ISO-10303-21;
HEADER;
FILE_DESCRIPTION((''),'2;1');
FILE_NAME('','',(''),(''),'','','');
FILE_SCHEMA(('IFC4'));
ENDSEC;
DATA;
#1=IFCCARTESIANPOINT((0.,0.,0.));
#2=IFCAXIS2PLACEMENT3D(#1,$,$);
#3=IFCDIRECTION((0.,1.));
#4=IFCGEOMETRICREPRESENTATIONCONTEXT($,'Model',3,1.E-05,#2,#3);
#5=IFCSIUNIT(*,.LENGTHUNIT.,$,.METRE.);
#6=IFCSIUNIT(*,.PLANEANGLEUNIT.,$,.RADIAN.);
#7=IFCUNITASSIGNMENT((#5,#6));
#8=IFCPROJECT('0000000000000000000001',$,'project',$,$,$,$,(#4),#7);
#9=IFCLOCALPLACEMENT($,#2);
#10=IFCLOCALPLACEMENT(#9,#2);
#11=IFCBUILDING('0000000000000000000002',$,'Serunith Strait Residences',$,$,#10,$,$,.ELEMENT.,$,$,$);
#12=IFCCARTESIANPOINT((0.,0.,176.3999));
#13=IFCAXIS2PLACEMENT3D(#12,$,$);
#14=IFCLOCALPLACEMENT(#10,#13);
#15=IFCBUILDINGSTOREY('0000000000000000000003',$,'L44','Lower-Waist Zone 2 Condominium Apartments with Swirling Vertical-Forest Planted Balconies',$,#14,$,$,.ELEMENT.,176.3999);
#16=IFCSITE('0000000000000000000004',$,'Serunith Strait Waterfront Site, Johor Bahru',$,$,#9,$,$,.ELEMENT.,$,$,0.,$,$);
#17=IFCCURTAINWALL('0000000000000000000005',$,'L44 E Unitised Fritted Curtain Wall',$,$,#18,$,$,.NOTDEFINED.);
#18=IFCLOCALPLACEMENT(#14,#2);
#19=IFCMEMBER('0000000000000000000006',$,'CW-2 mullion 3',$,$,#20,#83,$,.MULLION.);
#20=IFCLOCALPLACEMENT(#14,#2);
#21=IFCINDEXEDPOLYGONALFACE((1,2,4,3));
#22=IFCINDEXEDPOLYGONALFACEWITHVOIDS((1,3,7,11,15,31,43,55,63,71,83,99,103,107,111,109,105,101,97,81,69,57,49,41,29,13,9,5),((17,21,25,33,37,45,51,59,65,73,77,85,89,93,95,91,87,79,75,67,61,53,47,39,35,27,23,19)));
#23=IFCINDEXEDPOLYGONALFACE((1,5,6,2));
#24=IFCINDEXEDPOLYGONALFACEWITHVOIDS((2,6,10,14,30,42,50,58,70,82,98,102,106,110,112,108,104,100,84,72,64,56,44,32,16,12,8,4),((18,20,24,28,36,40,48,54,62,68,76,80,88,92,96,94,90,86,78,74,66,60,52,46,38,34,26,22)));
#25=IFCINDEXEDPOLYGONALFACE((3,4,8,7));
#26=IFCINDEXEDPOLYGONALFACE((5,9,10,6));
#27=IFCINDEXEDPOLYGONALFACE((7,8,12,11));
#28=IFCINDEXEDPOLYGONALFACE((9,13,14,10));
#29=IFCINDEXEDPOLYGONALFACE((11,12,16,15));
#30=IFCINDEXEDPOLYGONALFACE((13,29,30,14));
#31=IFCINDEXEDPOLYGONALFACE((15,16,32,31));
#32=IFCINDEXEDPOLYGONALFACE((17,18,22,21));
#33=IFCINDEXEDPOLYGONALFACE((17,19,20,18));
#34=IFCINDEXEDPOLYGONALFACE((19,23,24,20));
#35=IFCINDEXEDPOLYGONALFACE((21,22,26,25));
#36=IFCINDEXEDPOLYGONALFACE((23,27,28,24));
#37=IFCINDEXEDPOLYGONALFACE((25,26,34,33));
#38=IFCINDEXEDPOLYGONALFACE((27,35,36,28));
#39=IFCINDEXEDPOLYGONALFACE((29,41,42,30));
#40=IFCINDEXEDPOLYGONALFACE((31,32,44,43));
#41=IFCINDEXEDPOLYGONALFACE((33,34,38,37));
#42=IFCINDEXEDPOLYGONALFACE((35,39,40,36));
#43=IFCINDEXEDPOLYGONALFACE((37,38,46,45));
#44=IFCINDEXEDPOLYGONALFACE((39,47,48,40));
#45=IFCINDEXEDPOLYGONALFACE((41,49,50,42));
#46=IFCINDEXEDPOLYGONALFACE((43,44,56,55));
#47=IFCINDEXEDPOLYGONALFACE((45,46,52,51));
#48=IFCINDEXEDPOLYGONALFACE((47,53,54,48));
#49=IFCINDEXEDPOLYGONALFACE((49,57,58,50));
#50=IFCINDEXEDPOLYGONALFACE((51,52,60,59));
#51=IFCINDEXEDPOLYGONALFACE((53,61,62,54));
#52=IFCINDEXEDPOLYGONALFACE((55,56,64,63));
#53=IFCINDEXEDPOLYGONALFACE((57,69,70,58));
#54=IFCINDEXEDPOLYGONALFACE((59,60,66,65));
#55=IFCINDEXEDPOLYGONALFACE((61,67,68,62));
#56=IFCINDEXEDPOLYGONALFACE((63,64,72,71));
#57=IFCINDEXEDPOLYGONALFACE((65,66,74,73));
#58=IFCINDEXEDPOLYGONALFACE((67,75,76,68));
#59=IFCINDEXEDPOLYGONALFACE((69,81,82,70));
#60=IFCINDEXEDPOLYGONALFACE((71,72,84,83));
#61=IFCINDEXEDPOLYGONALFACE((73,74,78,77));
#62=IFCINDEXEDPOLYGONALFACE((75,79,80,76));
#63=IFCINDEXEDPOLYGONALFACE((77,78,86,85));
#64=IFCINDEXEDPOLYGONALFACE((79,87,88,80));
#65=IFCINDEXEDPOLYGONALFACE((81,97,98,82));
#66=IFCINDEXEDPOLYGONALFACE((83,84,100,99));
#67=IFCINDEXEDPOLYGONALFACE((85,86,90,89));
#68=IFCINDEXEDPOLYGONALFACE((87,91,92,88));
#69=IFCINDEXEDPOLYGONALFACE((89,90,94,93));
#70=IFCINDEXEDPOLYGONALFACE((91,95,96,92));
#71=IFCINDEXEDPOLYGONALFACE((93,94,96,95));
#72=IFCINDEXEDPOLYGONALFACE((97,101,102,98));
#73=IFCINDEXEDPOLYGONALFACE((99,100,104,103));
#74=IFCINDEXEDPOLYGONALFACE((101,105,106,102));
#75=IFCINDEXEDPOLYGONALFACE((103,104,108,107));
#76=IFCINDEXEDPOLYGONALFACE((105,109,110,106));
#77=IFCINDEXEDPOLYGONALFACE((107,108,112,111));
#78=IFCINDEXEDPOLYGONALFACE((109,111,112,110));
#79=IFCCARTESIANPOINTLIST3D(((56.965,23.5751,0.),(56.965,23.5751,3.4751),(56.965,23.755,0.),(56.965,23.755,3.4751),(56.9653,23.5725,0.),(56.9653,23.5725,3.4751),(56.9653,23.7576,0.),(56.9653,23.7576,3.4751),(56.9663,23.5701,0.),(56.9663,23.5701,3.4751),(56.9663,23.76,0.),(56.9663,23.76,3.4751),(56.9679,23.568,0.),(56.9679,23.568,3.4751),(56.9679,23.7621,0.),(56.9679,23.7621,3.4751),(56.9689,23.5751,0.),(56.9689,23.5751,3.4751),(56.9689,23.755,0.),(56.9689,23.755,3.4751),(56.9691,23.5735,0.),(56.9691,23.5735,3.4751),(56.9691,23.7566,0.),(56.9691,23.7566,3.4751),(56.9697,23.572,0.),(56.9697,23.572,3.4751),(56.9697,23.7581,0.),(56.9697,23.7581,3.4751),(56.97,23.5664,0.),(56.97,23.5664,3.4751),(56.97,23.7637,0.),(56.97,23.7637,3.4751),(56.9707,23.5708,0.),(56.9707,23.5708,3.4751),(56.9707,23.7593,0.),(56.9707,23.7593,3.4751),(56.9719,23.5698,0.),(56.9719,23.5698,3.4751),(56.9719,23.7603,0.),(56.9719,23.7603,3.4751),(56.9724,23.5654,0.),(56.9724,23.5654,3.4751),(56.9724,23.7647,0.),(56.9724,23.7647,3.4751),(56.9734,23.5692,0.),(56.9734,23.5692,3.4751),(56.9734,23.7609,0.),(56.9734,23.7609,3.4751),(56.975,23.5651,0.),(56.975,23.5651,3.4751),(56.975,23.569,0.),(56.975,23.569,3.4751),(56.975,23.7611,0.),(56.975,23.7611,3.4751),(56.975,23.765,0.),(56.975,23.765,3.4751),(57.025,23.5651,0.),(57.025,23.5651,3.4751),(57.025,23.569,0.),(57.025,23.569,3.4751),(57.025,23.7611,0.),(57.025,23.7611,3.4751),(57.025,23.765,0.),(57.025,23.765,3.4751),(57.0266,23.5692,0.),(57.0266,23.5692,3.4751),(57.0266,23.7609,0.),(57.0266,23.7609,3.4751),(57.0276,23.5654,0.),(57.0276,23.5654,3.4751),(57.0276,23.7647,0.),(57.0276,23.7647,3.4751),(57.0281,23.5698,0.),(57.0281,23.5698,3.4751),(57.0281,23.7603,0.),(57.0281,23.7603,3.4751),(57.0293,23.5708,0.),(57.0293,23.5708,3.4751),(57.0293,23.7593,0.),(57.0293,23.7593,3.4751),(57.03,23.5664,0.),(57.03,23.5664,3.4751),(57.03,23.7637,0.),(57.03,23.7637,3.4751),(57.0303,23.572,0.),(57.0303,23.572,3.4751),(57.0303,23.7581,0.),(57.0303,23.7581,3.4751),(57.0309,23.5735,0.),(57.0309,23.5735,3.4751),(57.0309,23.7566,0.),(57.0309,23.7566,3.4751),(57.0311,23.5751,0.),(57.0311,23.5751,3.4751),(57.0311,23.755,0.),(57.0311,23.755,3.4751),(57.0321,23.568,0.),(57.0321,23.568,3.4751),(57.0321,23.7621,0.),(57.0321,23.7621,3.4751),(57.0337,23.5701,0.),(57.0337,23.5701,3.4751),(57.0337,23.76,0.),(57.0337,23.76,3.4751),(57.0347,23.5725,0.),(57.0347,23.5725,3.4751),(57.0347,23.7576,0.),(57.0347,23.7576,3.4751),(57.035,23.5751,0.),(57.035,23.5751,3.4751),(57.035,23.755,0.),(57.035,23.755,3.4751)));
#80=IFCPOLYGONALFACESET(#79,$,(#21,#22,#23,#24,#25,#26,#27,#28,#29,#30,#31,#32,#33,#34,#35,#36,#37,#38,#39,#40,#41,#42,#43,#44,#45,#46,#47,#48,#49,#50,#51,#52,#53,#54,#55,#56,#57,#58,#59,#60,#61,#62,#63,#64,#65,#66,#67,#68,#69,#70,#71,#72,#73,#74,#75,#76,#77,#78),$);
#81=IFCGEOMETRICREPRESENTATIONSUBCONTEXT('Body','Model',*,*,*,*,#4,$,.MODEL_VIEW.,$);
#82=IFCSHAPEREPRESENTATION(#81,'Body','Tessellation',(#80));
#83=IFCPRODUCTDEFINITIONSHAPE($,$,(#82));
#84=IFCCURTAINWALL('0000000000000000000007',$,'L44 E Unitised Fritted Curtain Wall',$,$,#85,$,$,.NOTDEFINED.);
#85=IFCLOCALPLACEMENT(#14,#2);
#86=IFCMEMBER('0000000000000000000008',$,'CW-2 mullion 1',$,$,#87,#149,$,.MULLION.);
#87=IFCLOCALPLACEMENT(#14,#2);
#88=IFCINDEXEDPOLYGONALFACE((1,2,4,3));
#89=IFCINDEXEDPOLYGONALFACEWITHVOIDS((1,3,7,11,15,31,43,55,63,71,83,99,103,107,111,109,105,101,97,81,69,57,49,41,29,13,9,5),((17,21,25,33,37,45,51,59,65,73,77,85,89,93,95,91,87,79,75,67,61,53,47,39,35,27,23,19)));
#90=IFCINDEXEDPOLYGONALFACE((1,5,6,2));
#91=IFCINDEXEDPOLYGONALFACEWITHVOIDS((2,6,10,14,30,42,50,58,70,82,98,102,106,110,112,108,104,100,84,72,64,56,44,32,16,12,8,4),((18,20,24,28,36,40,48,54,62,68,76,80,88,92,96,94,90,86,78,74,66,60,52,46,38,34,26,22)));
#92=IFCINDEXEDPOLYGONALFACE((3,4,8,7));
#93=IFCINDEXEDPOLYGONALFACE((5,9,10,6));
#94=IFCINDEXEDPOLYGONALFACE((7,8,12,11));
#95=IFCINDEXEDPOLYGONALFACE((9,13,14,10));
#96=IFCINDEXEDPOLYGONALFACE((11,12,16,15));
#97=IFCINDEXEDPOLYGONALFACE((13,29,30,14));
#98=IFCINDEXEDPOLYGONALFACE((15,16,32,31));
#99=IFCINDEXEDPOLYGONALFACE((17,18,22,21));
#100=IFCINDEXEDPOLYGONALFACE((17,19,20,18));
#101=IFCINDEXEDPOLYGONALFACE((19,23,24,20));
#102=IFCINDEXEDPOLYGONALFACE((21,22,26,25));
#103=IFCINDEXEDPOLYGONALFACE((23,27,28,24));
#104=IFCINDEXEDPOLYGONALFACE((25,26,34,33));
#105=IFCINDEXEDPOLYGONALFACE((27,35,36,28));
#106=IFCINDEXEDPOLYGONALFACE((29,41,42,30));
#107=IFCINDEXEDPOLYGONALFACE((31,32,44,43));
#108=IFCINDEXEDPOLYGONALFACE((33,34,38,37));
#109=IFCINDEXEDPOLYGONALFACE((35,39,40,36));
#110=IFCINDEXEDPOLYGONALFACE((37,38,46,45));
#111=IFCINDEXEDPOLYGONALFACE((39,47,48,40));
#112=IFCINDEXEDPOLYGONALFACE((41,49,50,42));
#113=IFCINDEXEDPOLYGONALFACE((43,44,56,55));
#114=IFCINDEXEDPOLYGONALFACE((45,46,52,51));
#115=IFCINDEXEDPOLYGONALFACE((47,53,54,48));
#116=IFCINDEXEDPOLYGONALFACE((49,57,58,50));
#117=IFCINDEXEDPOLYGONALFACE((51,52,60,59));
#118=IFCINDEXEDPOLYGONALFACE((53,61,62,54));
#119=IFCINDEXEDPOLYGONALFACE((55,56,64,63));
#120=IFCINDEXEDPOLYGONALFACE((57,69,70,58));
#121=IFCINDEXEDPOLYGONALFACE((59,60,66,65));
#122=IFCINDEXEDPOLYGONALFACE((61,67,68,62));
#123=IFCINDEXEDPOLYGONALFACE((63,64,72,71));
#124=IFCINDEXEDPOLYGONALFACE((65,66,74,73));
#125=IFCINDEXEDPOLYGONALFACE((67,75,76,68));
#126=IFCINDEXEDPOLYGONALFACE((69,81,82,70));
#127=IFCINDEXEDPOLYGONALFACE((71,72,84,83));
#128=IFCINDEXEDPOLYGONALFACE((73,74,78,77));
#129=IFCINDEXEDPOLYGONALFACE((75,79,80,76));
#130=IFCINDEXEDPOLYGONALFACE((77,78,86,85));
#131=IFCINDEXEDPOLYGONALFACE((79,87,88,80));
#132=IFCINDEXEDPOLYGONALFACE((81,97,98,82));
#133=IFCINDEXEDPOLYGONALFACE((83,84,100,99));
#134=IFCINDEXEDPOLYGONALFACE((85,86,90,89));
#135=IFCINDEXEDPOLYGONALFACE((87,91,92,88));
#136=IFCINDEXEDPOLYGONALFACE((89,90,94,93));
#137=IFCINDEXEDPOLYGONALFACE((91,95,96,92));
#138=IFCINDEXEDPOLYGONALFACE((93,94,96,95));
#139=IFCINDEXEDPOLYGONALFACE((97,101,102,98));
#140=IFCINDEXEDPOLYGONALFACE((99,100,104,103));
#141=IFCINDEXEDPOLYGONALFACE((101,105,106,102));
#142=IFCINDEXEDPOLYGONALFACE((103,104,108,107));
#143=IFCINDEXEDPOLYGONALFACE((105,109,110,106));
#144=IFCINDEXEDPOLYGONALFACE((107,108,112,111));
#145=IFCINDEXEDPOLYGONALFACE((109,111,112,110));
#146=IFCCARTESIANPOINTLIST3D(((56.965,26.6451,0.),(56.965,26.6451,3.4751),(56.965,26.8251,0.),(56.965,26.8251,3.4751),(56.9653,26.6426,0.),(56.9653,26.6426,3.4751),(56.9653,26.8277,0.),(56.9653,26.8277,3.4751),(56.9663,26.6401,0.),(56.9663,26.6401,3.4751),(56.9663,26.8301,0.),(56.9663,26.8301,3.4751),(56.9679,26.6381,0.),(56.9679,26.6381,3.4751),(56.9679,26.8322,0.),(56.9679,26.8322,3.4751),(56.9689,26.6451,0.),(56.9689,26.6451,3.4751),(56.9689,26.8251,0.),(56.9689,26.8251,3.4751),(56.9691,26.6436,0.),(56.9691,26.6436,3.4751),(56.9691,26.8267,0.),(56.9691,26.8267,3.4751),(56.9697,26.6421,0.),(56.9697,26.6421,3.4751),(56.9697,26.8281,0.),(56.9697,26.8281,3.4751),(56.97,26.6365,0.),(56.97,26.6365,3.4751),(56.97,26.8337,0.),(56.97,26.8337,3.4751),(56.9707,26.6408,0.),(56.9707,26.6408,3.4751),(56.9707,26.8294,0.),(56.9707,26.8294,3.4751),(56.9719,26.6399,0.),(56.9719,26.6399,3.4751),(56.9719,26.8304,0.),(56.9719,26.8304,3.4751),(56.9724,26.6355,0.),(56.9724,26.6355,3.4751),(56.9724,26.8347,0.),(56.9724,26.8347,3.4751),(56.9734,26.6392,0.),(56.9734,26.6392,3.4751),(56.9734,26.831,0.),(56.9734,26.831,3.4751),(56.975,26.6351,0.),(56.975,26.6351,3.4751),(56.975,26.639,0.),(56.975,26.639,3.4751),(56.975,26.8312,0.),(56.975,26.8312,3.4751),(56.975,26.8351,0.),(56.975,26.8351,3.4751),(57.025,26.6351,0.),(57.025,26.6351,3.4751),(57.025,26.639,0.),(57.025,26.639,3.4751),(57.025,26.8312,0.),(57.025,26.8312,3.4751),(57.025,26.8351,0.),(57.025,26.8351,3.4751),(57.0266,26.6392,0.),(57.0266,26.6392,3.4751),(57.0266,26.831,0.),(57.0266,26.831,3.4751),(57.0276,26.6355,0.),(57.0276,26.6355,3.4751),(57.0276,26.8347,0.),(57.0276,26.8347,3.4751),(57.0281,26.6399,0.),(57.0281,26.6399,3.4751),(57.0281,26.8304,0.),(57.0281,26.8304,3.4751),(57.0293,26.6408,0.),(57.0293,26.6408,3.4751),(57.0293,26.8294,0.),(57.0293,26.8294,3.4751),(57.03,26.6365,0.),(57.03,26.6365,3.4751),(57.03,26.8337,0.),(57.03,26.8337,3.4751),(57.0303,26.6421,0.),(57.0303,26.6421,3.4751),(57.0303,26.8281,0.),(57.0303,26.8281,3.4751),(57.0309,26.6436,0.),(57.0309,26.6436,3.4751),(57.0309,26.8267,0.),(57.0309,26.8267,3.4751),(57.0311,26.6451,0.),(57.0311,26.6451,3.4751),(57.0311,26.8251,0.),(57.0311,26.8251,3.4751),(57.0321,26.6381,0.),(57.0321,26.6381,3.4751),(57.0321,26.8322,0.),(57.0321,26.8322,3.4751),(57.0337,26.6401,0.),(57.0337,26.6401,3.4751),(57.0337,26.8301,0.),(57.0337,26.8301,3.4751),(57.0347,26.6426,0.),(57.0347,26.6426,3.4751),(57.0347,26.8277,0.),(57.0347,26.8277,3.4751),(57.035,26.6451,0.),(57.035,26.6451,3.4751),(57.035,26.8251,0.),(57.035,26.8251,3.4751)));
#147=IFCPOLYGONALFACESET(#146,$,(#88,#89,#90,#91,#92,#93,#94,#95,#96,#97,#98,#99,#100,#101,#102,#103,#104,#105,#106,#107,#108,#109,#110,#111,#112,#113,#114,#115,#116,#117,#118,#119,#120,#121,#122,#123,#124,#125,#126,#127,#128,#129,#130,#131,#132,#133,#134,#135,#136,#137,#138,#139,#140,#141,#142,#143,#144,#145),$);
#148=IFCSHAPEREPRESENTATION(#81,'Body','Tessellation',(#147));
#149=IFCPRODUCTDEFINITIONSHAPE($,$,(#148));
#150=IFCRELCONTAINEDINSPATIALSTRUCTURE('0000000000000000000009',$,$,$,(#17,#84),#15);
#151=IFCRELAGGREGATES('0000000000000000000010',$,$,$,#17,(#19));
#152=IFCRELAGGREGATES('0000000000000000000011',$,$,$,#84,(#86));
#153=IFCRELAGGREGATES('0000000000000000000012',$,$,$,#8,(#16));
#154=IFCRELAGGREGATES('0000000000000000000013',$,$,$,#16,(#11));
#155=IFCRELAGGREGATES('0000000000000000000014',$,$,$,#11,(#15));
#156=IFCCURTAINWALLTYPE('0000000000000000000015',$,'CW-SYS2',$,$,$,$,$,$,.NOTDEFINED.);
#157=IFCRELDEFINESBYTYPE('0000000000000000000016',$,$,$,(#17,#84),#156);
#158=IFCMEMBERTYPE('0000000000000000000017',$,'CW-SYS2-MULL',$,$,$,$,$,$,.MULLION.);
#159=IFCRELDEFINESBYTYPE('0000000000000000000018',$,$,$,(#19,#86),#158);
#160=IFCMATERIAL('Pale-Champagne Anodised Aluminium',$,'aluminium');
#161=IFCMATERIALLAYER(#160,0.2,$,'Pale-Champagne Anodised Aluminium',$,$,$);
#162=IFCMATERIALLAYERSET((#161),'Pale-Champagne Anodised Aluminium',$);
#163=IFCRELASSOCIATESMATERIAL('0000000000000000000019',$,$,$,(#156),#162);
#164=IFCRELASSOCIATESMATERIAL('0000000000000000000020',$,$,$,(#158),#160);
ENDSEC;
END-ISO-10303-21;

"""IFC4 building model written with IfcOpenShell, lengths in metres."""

from ifc_helpers import new_model, si_unit, direction, frame, origin, origin_2d, place, context, subcontext, project, spatial, hollow_rectangle, extrude, source, transform, mapped, material, layer, layer_set, material_profile, profile_set, type_object, element, aggregate, save


model = new_model("IFC4")

# Units and contexts
model_context = context("Model", 3, precision=1e-05, world=origin(), true_north=direction((0.0, 1.0)))
body_context = subcontext(model_context, "Body", "Model", "MODEL_VIEW")
ifc_project = project(units=[si_unit("LENGTHUNIT", "METRE"), si_unit("PLANEANGLEUNIT", "RADIAN")], contexts=[model_context])

# Site, building, storey
site_placement = place(None, origin())
site = spatial("IfcSite", under=ifc_project, at=site_placement, Name="Serunith Strait Waterfront Site, Johor Bahru", CompositionType="ELEMENT", RefElevation=0.0)
building_placement = place(site_placement, origin())
building = spatial("IfcBuilding", under=site, at=building_placement, Name="Serunith Strait Residences", CompositionType="ELEMENT")
storey_placement = place(building_placement, frame((0.0, 0.0, 176.3999)))
storey = spatial("IfcBuildingStorey", under=building, at=storey_placement, Name="L44", Description="Lower-Waist Zone 2 Condominium Apartments with Swirling Vertical-Forest Planted Balconies", CompositionType="ELEMENT", Elevation=176.3999)

# Curtain wall, member
ifc_material_1 = material(Name="Pale-Champagne Anodised Aluminium", Category="aluminium")
ifc_layer_1 = layer(ifc_material_1, 0.2, Name="Pale-Champagne Anodised Aluminium")
ifc_layer_set_1 = layer_set([ifc_layer_1], Name="Pale-Champagne Anodised Aluminium")
curtain_wall_type = type_object("IfcCurtainWallType", Name="CW-SYS2", PredefinedType="NOTDEFINED", material=ifc_layer_set_1)
curtain_wall_1_placement = place(storey_placement, origin())
curtain_wall_1 = element("IfcCurtainWall", 1, at=curtain_wall_1_placement, inside=storey, type_object=curtain_wall_type, Name="L44 E Unitised Fritted Curtain Wall", PredefinedType="NOTDEFINED")
ifc_material_profile_1 = material_profile(ifc_material_1, hollow_rectangle(XDim=0.0701, YDim=0.2, WallThickness=0.0039, InnerFilletRadius=0.0061, OuterFilletRadius=0.01, at=origin_2d()), Name="ALU 200x70x4")
ifc_profile_set_1 = profile_set([ifc_material_profile_1], Name="Pale-Champagne Anodised Aluminium")
member_type_1 = type_object("IfcMemberType", Name="CW-SYS2-MULL", PredefinedType="MULLION", material=ifc_profile_set_1)
shared_shape_1 = source(origin(), body_context, "Body", "SweptSolid", [
    extrude(hollow_rectangle(XDim=0.0701, YDim=0.2, WallThickness=0.0039, InnerFilletRadius=0.0061, OuterFilletRadius=0.01, at=origin_2d()), origin(), (0.0, 0.0, 1.0), 3.4751),
])
member_1_placement = place(storey_placement, frame((57.0, 23.665, 0.0), z_axis=(0.0, 0.0, 1.0), x_axis=(-1.0, 0.0, 0.0)))
member_1 = element("IfcMember", 2, at=member_1_placement, type_object=member_type_1, Name="CW-2 mullion 3", PredefinedType="MULLION", context=body_context, shape_type="MappedRepresentation", body=[
    mapped(shared_shape_1, transform((0.0, 0.0, 0.0), scale=1.0)),
])
aggregate(curtain_wall_1, [member_1])

# Curtain wall, member
curtain_wall_2_placement = place(storey_placement, origin())
curtain_wall_2 = element("IfcCurtainWall", 3, at=curtain_wall_2_placement, inside=storey, type_object=curtain_wall_type, Name="L44 E Unitised Fritted Curtain Wall", PredefinedType="NOTDEFINED")
member_2_placement = place(storey_placement, frame((57.0, 26.7351, 0.0), z_axis=(0.0, 0.0, 1.0), x_axis=(-1.0, 0.0, 0.0)))
member_2 = element("IfcMember", 4, at=member_2_placement, type_object=member_type_1, Name="CW-2 mullion 1", PredefinedType="MULLION", context=body_context, shape_type="MappedRepresentation", body=[
    mapped(shared_shape_1, transform((0.0, 0.0, 0.0), scale=1.0)),
])
aggregate(curtain_wall_2, [member_2])

save(model, "model.ifc")
